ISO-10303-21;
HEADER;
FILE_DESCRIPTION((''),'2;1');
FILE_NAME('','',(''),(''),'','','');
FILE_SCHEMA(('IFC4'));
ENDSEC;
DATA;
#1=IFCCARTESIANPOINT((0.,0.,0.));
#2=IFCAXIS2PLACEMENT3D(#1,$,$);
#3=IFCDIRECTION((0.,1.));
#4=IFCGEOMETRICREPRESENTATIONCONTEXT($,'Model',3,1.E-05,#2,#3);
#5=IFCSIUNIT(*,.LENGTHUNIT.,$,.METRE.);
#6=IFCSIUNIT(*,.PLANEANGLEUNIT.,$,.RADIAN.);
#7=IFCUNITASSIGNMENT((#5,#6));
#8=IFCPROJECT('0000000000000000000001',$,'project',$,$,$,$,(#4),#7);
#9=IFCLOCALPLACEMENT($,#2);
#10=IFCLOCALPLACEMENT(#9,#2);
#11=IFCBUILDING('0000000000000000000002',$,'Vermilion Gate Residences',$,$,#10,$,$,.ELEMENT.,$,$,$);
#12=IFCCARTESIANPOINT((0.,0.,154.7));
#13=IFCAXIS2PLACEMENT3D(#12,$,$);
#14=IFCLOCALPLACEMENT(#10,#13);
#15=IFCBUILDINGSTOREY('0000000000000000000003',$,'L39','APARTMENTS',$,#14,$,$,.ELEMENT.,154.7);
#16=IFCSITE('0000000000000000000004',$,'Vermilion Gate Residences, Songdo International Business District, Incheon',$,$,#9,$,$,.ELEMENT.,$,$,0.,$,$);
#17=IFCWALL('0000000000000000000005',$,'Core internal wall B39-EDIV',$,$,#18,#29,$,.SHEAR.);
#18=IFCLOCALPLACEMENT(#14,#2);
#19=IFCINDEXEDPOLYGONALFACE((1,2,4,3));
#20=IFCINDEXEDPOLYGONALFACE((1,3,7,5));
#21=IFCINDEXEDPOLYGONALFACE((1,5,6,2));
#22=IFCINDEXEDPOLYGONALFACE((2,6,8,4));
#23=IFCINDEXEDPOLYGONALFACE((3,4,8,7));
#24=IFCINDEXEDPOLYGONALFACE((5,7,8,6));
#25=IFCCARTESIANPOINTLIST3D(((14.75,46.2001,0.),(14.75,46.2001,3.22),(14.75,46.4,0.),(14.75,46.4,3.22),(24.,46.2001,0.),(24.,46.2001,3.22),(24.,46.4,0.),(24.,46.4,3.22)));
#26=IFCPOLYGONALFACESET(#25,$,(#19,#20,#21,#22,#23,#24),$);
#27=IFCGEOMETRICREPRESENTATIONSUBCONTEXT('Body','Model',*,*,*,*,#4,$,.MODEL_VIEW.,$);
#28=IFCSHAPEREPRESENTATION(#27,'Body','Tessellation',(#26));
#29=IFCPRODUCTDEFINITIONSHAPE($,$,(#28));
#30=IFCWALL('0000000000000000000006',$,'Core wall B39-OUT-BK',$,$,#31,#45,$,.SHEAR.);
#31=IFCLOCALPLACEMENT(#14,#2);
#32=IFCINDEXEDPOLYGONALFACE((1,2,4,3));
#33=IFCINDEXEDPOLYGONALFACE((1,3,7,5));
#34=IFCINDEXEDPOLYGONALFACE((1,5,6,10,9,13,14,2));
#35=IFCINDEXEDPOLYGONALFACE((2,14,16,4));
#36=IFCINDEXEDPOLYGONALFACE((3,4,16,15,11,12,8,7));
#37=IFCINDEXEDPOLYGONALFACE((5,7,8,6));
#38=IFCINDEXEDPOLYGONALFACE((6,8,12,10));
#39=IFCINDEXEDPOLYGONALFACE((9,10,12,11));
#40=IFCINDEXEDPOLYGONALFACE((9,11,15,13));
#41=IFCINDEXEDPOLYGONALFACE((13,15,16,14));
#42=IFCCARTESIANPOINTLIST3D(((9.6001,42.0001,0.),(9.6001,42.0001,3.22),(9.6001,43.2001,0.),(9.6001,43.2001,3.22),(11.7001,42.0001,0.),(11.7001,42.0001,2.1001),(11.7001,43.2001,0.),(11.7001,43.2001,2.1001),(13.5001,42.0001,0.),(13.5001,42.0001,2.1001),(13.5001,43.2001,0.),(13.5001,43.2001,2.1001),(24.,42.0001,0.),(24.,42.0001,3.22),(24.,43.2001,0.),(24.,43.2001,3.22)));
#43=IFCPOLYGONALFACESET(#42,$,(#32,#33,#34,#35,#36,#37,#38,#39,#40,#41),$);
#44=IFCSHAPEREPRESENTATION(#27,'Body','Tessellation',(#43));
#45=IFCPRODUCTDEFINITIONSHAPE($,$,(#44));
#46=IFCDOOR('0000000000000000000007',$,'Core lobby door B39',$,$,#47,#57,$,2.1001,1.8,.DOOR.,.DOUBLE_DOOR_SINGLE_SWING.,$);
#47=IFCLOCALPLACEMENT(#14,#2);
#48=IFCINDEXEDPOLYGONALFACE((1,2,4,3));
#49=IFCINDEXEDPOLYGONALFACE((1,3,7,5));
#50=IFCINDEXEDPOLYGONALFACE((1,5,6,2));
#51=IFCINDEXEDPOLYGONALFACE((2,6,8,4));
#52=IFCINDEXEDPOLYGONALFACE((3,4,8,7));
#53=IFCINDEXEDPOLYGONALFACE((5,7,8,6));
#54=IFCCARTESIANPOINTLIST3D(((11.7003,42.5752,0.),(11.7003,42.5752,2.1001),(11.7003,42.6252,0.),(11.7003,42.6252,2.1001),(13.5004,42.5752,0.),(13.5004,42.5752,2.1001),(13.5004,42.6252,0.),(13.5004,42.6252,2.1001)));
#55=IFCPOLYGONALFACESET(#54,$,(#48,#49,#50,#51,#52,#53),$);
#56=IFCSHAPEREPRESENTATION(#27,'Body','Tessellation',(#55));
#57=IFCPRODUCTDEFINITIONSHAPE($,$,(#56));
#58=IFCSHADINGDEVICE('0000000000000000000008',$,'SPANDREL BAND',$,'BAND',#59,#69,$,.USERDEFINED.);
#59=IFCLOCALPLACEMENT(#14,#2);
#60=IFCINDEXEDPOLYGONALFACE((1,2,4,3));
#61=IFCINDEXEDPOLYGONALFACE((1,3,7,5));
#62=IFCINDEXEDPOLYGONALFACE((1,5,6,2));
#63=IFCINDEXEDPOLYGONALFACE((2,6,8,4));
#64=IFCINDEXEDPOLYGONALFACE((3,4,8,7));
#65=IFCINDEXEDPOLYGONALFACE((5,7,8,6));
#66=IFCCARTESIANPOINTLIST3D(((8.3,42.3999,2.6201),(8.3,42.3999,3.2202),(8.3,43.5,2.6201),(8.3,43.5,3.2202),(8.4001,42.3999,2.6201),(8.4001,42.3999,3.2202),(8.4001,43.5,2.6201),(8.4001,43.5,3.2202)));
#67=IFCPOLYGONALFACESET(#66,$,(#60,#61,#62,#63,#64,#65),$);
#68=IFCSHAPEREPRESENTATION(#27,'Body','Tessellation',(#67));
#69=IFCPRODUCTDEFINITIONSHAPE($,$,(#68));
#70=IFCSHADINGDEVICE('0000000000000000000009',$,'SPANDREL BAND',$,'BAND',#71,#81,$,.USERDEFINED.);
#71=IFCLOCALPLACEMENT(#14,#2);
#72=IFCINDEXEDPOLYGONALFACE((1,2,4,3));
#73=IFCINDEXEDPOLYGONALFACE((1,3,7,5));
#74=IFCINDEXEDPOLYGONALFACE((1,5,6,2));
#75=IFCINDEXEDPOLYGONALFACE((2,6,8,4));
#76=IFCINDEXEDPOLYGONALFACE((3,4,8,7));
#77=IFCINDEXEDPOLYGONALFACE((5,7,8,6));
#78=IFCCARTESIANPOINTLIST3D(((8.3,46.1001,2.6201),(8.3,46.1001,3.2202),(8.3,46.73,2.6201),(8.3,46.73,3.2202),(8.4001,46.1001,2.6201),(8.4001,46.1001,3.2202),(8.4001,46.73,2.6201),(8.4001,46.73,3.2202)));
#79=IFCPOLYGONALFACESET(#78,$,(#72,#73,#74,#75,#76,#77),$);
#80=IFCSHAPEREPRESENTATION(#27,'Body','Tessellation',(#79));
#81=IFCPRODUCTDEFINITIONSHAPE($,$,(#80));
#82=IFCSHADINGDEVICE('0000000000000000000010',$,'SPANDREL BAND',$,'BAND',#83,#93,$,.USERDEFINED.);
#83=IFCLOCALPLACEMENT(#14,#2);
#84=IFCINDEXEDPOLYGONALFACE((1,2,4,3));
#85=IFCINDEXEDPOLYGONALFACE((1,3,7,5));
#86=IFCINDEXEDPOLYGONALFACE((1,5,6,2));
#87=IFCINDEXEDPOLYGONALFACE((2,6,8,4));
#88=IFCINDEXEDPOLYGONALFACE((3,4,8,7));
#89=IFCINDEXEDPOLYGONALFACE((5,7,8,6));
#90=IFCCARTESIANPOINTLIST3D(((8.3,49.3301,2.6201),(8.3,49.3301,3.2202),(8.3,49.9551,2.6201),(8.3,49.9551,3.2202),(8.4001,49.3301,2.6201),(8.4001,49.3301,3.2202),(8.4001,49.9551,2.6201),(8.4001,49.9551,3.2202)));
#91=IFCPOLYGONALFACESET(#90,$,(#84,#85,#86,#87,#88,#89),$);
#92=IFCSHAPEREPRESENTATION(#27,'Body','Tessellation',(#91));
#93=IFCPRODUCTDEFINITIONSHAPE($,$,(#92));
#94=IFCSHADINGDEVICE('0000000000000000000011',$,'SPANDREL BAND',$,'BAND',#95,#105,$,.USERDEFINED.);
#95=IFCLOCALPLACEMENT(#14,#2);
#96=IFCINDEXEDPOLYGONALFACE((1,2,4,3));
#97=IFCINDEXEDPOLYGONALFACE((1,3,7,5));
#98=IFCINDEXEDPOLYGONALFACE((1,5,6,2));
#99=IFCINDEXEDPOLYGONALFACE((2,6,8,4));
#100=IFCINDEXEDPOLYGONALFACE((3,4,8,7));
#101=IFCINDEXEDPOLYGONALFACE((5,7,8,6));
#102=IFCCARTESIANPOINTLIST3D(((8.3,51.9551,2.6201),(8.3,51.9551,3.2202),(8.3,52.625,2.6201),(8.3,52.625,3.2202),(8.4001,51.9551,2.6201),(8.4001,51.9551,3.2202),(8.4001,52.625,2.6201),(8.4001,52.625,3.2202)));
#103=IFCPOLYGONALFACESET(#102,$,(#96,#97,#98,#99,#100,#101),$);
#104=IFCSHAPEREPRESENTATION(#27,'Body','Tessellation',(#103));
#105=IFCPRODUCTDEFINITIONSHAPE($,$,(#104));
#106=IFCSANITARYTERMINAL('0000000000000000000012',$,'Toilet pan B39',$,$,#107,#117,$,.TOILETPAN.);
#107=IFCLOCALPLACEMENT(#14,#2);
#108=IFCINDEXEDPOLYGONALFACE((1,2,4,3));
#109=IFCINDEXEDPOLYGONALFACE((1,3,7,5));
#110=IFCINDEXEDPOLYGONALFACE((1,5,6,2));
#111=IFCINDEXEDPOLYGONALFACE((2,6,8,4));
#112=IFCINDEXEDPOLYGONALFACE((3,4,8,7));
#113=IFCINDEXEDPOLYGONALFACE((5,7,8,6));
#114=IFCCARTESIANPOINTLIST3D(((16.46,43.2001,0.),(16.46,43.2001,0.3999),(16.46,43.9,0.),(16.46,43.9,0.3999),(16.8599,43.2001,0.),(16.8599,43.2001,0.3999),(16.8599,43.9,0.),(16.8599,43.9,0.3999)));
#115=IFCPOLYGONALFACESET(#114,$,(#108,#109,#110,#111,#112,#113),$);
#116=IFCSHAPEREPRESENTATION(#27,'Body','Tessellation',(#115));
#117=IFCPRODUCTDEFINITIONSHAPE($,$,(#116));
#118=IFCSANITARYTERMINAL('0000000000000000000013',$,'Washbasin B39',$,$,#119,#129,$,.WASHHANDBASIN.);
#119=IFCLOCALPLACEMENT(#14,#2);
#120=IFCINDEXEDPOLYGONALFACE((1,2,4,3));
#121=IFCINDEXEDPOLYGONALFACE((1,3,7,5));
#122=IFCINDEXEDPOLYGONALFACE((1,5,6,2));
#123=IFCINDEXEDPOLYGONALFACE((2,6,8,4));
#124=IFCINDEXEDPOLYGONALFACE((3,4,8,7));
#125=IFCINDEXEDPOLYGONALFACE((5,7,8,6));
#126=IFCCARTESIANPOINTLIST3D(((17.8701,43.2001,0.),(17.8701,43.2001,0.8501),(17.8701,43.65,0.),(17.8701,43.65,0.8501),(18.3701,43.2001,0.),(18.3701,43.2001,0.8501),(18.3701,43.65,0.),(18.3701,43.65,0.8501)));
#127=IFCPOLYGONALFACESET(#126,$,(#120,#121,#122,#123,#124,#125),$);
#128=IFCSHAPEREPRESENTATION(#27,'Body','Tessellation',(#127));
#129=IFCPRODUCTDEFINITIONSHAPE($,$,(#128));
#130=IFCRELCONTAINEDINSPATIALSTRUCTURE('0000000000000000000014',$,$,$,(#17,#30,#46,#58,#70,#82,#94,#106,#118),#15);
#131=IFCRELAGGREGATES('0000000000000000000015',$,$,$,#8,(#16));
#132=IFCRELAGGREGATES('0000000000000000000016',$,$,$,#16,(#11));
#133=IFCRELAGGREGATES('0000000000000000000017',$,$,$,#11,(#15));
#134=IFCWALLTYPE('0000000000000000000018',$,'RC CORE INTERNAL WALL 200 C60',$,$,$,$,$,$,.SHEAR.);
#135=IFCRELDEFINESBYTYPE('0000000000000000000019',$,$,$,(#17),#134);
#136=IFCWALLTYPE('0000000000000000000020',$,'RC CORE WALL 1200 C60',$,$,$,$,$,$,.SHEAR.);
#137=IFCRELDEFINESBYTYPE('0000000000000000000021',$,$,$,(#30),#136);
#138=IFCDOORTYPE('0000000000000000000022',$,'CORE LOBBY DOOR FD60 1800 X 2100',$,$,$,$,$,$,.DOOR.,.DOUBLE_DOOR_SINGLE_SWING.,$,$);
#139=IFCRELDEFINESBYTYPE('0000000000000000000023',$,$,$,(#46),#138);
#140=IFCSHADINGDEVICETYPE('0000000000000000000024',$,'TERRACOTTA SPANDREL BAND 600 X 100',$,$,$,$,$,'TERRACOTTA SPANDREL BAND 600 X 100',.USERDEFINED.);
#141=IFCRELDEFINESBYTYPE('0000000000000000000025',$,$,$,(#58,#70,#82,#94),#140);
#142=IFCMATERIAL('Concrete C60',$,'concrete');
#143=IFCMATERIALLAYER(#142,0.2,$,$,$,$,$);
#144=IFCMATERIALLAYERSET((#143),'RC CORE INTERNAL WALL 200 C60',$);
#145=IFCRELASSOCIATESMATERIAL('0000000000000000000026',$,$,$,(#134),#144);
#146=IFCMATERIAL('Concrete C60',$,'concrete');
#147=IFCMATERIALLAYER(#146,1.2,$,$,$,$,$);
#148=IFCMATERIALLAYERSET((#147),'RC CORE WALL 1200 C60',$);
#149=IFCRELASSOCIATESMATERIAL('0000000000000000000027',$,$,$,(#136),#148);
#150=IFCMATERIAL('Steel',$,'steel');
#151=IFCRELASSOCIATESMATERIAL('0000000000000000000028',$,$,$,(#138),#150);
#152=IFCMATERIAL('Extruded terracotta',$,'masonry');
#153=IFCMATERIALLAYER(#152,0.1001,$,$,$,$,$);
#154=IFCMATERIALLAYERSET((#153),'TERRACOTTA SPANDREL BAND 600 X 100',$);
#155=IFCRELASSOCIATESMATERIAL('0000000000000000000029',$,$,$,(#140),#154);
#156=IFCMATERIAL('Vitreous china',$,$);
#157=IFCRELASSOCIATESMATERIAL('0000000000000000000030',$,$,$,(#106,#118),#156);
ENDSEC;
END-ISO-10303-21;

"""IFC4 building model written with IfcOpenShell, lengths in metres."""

from ifc_helpers import new_model, si_unit, direction, frame, frame_2d, origin, origin_2d, place, context, subcontext, project, spatial, rectangle, extrude, material, layer, layer_set, type_object, element, fill, save


model = new_model("IFC4")

# Units and contexts
model_context = context("Model", 3, precision=1e-05, world=origin(), true_north=direction((0.0, 1.0)))
body_context = subcontext(model_context, "Body", "Model", "MODEL_VIEW")
ifc_project = project(units=[si_unit("LENGTHUNIT", "METRE"), si_unit("PLANEANGLEUNIT", "RADIAN")], contexts=[model_context])

# Site, building, storey
site_placement = place(None, origin())
site = spatial("IfcSite", under=ifc_project, at=site_placement, Name="Vermilion Gate Residences, Songdo International Business District, Incheon", CompositionType="ELEMENT", RefElevation=0.0)
building_placement = place(site_placement, origin())
building = spatial("IfcBuilding", under=site, at=building_placement, Name="Vermilion Gate Residences", CompositionType="ELEMENT")
storey_placement = place(building_placement, frame((0.0, 0.0, 154.7)))
storey = spatial("IfcBuildingStorey", under=building, at=storey_placement, Name="L39", Description="APARTMENTS", CompositionType="ELEMENT", Elevation=154.7)

# Wall
ifc_material_1 = material(Name="Concrete C60", Category="concrete")
ifc_layer_1 = layer(ifc_material_1, 0.2)
ifc_layer_set_1 = layer_set([ifc_layer_1], Name="RC CORE INTERNAL WALL 200 C60")
wall_type_1 = type_object("IfcWallType", Name="RC CORE INTERNAL WALL 200 C60", PredefinedType="SHEAR", material=ifc_layer_set_1)
wall_1_placement = place(storey_placement, frame((14.75, 46.3, 0.0), z_axis=(0.0, 0.0, 1.0), x_axis=(1.0, 0.0, 0.0)))
element("IfcWall", 1, at=wall_1_placement, inside=storey, type_object=wall_type_1, Name="Core internal wall B39-EDIV", PredefinedType="SHEAR", context=body_context, shape_type="SweptSolid", body=[
    extrude(rectangle(XDim=9.25, YDim=0.2, at=frame_2d((4.625, 0.0))), origin(), (0.0, 0.0, 1.0), 3.22),
])

# Wall, opening, door
ifc_material_2 = material(Name="Concrete C60", Category="concrete")
ifc_layer_2 = layer(ifc_material_2, 1.2)
ifc_layer_set_2 = layer_set([ifc_layer_2], Name="RC CORE WALL 1200 C60")
wall_type_2 = type_object("IfcWallType", Name="RC CORE WALL 1200 C60", PredefinedType="SHEAR", material=ifc_layer_set_2)
wall_2_placement = place(storey_placement, frame((9.6001, 42.6001, 0.0), z_axis=(0.0, 0.0, 1.0), x_axis=(1.0, 0.0, 0.0)))
wall_2 = element("IfcWall", 2, at=wall_2_placement, inside=storey, type_object=wall_type_2, Name="Core wall B39-OUT-BK", PredefinedType="SHEAR", context=body_context, shape_type="SweptSolid", body=[
    extrude(rectangle(XDim=14.3999, YDim=1.2, at=frame_2d((7.2, 0.0))), origin(), (0.0, 0.0, 1.0), 3.22),
])
opening_1_placement = place(wall_2_placement, frame((2.1001, 0.0, 0.0)))
opening_1 = element("IfcOpeningElement", 3, at=opening_1_placement, cuts=wall_2, PredefinedType="OPENING", context=body_context, shape_type="SweptSolid", body=[
    extrude(rectangle(XDim=1.8, YDim=2.1001, at=frame_2d((0.8999, 1.05))), frame((0.0, 0.6099, 0.0), z_axis=(0.0, -1.0, 0.0), x_axis=(1.0, 0.0, 0.0)), (0.0, 0.0, 1.0), 1.22),
])
ifc_material_3 = material(Name="Steel", Category="steel")
door_type_1 = type_object("IfcDoorType", Name="CORE LOBBY DOOR FD60 1800 X 2100", OperationType="DOUBLE_DOOR_SINGLE_SWING", PredefinedType="DOOR", material=ifc_material_3)
door_1_placement = place(opening_1_placement, frame((1.8, 0.0, 0.0), z_axis=(0.0, 0.0, 1.0), x_axis=(-1.0, 0.0, 0.0)))
door_1 = element("IfcDoor", 4, at=door_1_placement, inside=storey, type_object=door_type_1, Name="Core lobby door B39", OperationType="DOUBLE_DOOR_SINGLE_SWING", OverallHeight=2.1001, OverallWidth=1.8, PredefinedType="DOOR", context=body_context, shape_type="SweptSolid", body=[
    extrude(rectangle(XDim=1.8, YDim=2.1001, at=frame_2d((0.8999, 1.05))), frame((0.0, 0.0249, 0.0), z_axis=(0.0, -1.0, 0.0), x_axis=(1.0, 0.0, 0.0)), (0.0, 0.0, 1.0), 0.05),
])
fill(opening_1, door_1)

# Shading devices
ifc_material_4 = material(Name="Extruded terracotta", Category="masonry")
ifc_layer_3 = layer(ifc_material_4, 0.1001)
ifc_layer_set_3 = layer_set([ifc_layer_3], Name="TERRACOTTA SPANDREL BAND 600 X 100")
shading_device_type = type_object("IfcShadingDeviceType", Name="TERRACOTTA SPANDREL BAND 600 X 100", ElementType="TERRACOTTA SPANDREL BAND 600 X 100", PredefinedType="USERDEFINED", material=ifc_layer_set_3)
shading_device_1_placement = place(storey_placement, frame((8.3501, 42.95, 2.6201), z_axis=(0.0, 0.0, 1.0), x_axis=(0.0, 1.0, 0.0)))
element("IfcShadingDevice", 5, at=shading_device_1_placement, inside=storey, type_object=shading_device_type, Name="SPANDREL BAND", ObjectType="BAND", PredefinedType="USERDEFINED", context=body_context, shape_type="SweptSolid", body=[
    extrude(rectangle(XDim=1.1001, YDim=0.1001, at=origin_2d()), origin(), (0.0, 0.0, 1.0), 0.6001),
])
shading_device_2_placement = place(storey_placement, frame((8.3501, 46.415, 2.6201), z_axis=(0.0, 0.0, 1.0), x_axis=(0.0, 1.0, 0.0)))
element("IfcShadingDevice", 6, at=shading_device_2_placement, inside=storey, type_object=shading_device_type, Name="SPANDREL BAND", ObjectType="BAND", PredefinedType="USERDEFINED", context=body_context, shape_type="SweptSolid", body=[
    extrude(rectangle(XDim=0.6299, YDim=0.1001, at=origin_2d()), origin(), (0.0, 0.0, 1.0), 0.6001),
])
shading_device_3_placement = place(storey_placement, frame((8.3501, 49.6426, 2.6201), z_axis=(0.0, 0.0, 1.0), x_axis=(0.0, 1.0, 0.0)))
element("IfcShadingDevice", 7, at=shading_device_3_placement, inside=storey, type_object=shading_device_type, Name="SPANDREL BAND", ObjectType="BAND", PredefinedType="USERDEFINED", context=body_context, shape_type="SweptSolid", body=[
    extrude(rectangle(XDim=0.625, YDim=0.1001, at=origin_2d()), origin(), (0.0, 0.0, 1.0), 0.6001),
])
shading_device_4_placement = place(storey_placement, frame((8.3501, 52.29, 2.6201), z_axis=(0.0, 0.0, 1.0), x_axis=(0.0, 1.0, 0.0)))
element("IfcShadingDevice", 8, at=shading_device_4_placement, inside=storey, type_object=shading_device_type, Name="SPANDREL BAND", ObjectType="BAND", PredefinedType="USERDEFINED", context=body_context, shape_type="SweptSolid", body=[
    extrude(rectangle(XDim=0.6699, YDim=0.1001, at=origin_2d()), origin(), (0.0, 0.0, 1.0), 0.6001),
])

# Sanitary terminals
ifc_material_5 = material(Name="Vitreous china")
sanitary_terminal_1_placement = place(storey_placement, frame((16.6599, 43.55, 0.0), z_axis=(0.0, 0.0, 1.0), x_axis=(1.0, 0.0, 0.0)))
element("IfcSanitaryTerminal", 9, at=sanitary_terminal_1_placement, inside=storey, material=ifc_material_5, Name="Toilet pan B39", PredefinedType="TOILETPAN", context=body_context, shape_type="SweptSolid", body=[
    extrude(rectangle(XDim=0.3999, YDim=0.7, at=origin_2d()), origin(), (0.0, 0.0, 1.0), 0.3999),
])
sanitary_terminal_2_placement = place(storey_placement, frame((18.1201, 43.425, 0.0), z_axis=(0.0, 0.0, 1.0), x_axis=(1.0, 0.0, 0.0)))
element("IfcSanitaryTerminal", 10, at=sanitary_terminal_2_placement, inside=storey, material=ifc_material_5, Name="Washbasin B39", PredefinedType="WASHHANDBASIN", context=body_context, shape_type="SweptSolid", body=[
    extrude(rectangle(XDim=0.5, YDim=0.45, at=origin_2d()), origin(), (0.0, 0.0, 1.0), 0.8501),
])

save(model, "model.ifc")
